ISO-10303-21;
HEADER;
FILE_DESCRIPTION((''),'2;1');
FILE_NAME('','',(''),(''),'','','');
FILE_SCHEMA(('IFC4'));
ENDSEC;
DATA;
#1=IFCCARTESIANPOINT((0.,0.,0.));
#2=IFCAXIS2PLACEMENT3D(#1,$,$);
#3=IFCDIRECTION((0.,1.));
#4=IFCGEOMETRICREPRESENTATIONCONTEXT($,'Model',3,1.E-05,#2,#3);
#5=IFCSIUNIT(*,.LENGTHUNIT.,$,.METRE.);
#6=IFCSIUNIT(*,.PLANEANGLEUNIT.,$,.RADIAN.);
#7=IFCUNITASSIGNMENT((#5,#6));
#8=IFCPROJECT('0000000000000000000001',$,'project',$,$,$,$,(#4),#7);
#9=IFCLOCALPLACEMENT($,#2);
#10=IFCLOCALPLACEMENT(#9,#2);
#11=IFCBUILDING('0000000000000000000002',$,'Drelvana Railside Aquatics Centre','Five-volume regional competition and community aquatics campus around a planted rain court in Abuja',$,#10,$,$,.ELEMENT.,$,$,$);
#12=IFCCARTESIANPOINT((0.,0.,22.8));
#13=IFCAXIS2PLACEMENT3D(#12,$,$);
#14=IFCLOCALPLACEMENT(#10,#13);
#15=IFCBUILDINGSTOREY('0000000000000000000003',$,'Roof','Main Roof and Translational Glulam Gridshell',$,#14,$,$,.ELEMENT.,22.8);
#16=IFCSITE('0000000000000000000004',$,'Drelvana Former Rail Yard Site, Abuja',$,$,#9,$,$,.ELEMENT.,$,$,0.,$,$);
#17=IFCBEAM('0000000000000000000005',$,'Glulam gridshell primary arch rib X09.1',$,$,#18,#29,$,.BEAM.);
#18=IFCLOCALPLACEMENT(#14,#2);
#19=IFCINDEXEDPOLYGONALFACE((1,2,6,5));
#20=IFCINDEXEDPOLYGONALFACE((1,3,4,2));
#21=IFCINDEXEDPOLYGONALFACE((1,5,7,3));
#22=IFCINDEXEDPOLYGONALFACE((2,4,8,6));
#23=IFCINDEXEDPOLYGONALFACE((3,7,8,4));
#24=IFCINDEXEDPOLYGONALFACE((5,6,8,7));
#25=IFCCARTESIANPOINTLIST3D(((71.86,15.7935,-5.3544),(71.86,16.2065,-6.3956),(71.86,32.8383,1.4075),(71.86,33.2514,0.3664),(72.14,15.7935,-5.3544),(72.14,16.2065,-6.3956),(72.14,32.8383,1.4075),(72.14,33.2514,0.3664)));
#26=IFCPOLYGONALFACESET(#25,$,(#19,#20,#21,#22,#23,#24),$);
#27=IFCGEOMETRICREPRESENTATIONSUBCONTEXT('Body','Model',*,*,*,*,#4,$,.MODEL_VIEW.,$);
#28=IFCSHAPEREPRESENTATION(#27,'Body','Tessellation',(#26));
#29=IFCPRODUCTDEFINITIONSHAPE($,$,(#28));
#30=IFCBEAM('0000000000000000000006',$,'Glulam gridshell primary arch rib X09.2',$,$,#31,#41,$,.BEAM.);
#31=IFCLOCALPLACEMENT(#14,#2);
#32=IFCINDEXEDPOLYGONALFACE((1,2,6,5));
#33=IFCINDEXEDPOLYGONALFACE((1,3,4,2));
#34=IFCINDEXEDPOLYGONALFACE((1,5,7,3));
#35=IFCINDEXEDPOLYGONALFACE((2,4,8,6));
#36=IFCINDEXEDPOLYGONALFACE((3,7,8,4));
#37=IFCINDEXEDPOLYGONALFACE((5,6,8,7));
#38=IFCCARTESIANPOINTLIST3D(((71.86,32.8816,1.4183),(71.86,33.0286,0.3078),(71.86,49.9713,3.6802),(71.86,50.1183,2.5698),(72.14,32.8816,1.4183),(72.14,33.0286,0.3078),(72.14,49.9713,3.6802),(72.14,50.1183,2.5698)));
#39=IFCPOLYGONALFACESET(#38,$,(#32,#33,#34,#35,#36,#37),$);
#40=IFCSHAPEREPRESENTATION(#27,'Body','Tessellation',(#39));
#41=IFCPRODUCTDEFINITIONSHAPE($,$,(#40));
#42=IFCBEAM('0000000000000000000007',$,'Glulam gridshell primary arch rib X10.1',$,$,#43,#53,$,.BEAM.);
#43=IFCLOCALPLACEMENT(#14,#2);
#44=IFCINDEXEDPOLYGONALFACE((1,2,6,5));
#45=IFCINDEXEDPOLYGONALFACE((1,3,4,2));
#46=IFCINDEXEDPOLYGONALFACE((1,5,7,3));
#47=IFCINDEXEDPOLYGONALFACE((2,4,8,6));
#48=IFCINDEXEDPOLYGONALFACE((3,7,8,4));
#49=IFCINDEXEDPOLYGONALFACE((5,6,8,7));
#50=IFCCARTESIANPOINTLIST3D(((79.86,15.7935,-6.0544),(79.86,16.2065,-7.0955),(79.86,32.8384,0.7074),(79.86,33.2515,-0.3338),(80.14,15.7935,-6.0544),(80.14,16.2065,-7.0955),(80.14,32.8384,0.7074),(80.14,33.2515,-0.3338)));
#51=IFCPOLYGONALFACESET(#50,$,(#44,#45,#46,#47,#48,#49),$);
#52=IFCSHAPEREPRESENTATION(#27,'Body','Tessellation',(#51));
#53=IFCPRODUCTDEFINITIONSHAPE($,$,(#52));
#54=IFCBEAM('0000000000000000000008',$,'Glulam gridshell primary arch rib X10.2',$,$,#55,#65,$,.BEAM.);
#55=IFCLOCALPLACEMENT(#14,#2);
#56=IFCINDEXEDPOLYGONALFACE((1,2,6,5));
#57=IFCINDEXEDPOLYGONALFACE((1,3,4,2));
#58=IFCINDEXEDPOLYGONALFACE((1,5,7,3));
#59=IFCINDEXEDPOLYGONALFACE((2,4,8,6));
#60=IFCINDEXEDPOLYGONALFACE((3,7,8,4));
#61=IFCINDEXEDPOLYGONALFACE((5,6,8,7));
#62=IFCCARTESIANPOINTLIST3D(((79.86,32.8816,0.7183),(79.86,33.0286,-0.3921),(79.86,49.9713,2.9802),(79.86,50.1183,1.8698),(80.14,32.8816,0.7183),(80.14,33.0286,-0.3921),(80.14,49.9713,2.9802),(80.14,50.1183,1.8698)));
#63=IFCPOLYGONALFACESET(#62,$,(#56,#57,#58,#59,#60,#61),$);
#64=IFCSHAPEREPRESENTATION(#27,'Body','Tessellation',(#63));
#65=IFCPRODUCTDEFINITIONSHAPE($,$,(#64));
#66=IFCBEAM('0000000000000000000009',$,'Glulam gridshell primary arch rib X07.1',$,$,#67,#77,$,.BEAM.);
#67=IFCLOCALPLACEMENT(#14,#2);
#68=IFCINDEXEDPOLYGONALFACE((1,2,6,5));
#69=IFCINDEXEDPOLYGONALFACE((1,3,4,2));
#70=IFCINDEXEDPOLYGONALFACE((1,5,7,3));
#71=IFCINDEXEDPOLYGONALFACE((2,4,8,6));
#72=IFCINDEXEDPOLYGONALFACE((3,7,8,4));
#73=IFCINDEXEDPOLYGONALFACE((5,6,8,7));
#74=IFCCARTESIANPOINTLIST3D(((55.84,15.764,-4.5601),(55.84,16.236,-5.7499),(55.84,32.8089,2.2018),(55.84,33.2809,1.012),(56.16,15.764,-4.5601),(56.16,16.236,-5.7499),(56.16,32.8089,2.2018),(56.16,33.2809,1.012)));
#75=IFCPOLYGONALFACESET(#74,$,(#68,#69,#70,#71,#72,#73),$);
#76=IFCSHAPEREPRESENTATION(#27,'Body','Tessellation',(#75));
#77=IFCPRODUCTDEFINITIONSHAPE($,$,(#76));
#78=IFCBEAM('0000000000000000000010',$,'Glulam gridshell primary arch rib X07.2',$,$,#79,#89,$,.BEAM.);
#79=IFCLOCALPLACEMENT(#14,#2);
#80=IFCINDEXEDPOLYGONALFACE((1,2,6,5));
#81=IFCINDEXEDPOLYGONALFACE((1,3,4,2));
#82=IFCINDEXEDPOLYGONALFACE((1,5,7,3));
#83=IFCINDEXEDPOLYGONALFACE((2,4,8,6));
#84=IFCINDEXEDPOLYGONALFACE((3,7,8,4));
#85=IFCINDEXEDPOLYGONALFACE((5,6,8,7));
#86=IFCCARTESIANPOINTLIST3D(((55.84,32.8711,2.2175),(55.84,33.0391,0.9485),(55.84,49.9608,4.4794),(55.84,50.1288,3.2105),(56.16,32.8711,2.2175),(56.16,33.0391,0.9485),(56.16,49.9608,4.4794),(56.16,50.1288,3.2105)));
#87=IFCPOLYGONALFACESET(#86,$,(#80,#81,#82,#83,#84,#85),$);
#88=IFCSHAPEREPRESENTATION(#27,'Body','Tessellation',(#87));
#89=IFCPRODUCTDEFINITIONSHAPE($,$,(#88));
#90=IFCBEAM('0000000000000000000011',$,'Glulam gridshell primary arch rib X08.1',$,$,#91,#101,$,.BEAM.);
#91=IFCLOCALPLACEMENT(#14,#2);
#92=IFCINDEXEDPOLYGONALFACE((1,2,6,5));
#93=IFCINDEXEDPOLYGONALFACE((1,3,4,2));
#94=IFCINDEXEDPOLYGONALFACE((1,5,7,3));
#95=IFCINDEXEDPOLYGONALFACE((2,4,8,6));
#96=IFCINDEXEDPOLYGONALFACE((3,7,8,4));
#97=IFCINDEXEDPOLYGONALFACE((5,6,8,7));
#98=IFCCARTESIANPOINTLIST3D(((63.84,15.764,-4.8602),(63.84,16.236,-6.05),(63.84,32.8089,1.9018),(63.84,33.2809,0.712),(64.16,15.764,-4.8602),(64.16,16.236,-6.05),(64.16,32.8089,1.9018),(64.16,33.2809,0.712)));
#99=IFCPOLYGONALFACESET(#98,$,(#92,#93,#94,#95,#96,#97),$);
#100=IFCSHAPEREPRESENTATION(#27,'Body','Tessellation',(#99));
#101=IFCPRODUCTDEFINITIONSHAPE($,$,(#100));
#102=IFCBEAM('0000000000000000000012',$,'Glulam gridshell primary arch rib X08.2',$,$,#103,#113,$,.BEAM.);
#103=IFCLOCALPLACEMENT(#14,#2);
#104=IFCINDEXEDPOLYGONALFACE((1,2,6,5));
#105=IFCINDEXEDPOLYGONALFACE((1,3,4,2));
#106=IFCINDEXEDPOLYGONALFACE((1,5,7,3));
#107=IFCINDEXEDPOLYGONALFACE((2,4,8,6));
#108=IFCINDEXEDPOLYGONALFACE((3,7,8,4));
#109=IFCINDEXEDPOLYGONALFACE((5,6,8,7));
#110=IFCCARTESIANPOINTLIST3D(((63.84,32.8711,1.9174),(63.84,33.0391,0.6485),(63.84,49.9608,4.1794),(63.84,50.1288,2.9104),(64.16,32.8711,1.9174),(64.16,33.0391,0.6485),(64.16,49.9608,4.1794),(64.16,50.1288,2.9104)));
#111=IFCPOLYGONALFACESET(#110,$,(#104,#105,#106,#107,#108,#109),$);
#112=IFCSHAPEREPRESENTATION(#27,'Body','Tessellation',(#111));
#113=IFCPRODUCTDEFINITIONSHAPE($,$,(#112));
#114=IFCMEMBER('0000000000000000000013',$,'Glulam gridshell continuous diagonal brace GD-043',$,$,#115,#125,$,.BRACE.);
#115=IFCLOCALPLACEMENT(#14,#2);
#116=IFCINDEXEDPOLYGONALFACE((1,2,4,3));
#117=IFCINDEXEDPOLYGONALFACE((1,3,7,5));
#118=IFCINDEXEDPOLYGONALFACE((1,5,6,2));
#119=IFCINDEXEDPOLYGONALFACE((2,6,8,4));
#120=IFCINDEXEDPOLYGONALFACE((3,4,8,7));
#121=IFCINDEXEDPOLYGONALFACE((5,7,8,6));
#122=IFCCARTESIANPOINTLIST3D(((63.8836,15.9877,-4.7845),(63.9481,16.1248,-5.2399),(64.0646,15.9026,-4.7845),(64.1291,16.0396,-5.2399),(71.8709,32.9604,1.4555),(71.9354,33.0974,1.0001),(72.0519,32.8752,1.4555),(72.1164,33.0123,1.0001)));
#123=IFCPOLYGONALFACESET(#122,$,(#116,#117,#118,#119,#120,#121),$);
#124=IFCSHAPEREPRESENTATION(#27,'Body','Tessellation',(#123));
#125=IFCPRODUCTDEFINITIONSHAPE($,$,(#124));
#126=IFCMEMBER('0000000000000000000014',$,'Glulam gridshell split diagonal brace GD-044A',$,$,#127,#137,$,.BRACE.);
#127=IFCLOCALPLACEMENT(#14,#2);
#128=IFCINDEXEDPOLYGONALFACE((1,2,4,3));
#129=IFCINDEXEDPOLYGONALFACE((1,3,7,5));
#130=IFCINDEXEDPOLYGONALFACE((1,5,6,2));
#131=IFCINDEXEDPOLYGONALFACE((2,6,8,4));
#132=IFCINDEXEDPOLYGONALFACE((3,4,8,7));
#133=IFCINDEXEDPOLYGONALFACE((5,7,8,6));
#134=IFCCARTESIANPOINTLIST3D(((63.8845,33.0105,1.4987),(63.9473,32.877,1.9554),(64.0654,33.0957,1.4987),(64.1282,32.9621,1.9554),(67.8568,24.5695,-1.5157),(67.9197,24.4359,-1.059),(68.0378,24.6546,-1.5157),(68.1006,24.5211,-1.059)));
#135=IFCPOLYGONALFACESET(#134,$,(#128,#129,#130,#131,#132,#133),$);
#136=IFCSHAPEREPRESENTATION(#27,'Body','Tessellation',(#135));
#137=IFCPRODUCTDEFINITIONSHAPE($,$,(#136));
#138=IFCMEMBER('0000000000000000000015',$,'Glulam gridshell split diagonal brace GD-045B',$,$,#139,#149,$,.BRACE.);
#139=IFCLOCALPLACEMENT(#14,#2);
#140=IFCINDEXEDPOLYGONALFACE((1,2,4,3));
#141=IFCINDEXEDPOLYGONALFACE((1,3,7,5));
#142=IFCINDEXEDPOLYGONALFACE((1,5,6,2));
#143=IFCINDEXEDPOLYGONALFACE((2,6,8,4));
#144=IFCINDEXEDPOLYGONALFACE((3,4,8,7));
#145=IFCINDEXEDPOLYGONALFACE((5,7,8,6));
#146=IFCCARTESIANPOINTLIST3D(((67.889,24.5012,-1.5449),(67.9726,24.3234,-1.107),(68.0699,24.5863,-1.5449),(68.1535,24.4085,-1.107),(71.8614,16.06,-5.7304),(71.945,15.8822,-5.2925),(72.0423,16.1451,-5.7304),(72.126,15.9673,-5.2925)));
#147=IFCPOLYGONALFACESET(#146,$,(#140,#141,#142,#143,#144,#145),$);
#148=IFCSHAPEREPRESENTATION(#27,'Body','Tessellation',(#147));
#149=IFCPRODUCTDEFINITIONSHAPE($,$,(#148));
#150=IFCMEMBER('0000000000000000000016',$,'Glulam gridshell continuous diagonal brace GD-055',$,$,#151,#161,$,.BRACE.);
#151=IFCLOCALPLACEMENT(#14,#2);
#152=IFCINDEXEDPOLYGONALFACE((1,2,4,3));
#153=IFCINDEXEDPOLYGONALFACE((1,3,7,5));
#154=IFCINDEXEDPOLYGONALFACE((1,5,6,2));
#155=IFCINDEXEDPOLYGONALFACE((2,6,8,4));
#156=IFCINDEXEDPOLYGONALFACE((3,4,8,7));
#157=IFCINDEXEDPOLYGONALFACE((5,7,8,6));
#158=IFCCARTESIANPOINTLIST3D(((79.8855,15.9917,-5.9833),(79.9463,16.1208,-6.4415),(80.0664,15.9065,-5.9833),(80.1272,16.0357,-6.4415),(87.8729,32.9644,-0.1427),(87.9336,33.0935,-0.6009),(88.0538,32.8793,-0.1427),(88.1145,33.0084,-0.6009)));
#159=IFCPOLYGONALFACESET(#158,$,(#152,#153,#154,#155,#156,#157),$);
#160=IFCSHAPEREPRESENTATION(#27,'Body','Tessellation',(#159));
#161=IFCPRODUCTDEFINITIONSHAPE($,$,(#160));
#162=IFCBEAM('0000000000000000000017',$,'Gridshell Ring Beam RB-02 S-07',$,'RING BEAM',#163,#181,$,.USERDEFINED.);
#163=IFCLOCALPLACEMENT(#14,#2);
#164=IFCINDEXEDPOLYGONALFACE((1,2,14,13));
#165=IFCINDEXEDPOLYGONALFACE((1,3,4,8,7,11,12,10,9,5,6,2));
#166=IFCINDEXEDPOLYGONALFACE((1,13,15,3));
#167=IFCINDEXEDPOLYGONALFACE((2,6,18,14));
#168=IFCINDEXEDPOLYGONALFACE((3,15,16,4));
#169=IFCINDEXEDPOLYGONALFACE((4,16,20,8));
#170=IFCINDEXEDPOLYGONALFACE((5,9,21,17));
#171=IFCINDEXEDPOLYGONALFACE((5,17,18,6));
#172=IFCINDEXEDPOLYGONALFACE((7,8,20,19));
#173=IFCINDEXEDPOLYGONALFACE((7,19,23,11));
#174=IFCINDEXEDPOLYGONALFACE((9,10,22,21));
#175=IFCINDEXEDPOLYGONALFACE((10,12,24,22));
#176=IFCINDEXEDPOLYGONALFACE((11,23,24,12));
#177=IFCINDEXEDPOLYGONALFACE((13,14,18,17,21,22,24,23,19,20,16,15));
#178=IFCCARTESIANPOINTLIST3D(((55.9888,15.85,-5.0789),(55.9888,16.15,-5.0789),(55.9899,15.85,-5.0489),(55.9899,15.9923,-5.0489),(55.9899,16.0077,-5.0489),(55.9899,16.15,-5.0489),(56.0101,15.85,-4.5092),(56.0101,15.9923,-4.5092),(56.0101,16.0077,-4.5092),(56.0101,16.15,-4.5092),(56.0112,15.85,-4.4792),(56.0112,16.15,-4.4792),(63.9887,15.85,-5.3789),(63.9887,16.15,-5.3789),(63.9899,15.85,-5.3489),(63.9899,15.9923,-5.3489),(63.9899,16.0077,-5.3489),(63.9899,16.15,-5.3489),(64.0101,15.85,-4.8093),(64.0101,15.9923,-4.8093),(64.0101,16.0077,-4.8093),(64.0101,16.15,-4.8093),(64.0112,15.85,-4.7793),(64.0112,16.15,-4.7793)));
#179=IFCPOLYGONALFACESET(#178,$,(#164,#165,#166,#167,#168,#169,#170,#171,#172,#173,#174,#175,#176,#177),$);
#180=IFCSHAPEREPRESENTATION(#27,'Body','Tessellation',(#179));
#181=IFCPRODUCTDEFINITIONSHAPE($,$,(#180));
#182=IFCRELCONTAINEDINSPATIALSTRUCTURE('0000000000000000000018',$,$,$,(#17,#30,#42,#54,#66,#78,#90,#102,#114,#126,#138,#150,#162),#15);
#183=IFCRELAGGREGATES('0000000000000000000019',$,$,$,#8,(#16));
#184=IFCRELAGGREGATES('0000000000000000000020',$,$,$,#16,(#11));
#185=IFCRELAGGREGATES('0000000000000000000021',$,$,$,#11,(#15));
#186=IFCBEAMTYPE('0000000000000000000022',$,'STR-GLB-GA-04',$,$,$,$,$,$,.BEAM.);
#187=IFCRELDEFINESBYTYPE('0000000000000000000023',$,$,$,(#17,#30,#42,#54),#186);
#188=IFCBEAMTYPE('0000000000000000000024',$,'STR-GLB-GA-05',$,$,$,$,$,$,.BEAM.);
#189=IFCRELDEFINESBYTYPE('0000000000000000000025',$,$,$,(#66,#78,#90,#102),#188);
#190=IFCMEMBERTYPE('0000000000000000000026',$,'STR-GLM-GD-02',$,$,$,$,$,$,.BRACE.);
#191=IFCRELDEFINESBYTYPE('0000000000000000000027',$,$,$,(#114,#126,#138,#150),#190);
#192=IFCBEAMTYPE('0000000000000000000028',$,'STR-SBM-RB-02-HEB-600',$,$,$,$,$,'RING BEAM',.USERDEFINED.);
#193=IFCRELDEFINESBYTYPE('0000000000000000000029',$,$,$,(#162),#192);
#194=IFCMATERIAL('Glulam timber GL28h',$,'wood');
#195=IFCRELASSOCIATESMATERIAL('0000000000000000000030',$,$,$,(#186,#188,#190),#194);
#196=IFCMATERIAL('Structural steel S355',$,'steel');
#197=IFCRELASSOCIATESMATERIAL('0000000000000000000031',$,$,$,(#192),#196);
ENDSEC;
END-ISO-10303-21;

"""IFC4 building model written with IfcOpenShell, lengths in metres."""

from ifc_helpers import new_model, si_unit, direction, frame, origin, origin_2d, place, context, subcontext, project, spatial, rectangle, i_section, extrude, material, material_profile, profile_set, type_object, element, save


model = new_model("IFC4")

# Units and contexts
model_context = context("Model", 3, precision=1e-05, world=origin(), true_north=direction((0.0, 1.0)))
body_context = subcontext(model_context, "Body", "Model", "MODEL_VIEW")
ifc_project = project(units=[si_unit("LENGTHUNIT", "METRE"), si_unit("PLANEANGLEUNIT", "RADIAN")], contexts=[model_context])

# Site, building, storey
site_placement = place(None, origin())
site = spatial("IfcSite", under=ifc_project, at=site_placement, Name="Drelvana Former Rail Yard Site, Abuja", CompositionType="ELEMENT", RefElevation=0.0)
building_placement = place(site_placement, origin())
building = spatial("IfcBuilding", under=site, at=building_placement, Name="Drelvana Railside Aquatics Centre", Description="Five-volume regional competition and community aquatics campus around a planted rain court in Abuja", CompositionType="ELEMENT")
storey_placement = place(building_placement, frame((0.0, 0.0, 22.8)))
storey = spatial("IfcBuildingStorey", under=building, at=storey_placement, Name="Roof", Description="Main Roof and Translational Glulam Gridshell", CompositionType="ELEMENT", Elevation=22.8)

# Beams
ifc_material_1 = material(Name="Glulam timber GL28h", Category="wood")
ifc_material_profile_1 = material_profile(ifc_material_1, rectangle(XDim=0.28, YDim=1.1201, at=origin_2d()), Name="GL28h 280x1120")
ifc_profile_set_1 = profile_set([ifc_material_profile_1], Name="Glulam timber GL28h")
beam_type_1 = type_object("IfcBeamType", Name="STR-GLB-GA-04", PredefinedType="BEAM", material=ifc_profile_set_1)
beam_1_placement = place(storey_placement, frame((72.0, 16.0, -5.875), z_axis=(0.0, 0.929526, 0.368756), x_axis=(-1.0, 0.0, 0.0)))
element("IfcBeam", 1, at=beam_1_placement, inside=storey, type_object=beam_type_1, Name="Glulam gridshell primary arch rib X09.1", PredefinedType="BEAM", context=body_context, shape_type="SweptSolid", body=[
    extrude(rectangle(XDim=0.28, YDim=1.1201, at=origin_2d()), origin(), (0.0, 0.0, 1.0), 18.3372),
])
beam_2_placement = place(storey_placement, frame((72.0, 32.9551, 0.863), z_axis=(0.0, 0.991354, 0.131213), x_axis=(-1.0, 0.0, 0.0)))
element("IfcBeam", 2, at=beam_2_placement, inside=storey, type_object=beam_type_1, Name="Glulam gridshell primary arch rib X09.2", PredefinedType="BEAM", context=body_context, shape_type="SweptSolid", body=[
    extrude(rectangle(XDim=0.28, YDim=1.1201, at=origin_2d()), origin(), (0.0, 0.0, 1.0), 17.2388),
])
beam_3_placement = place(storey_placement, frame((80.0, 16.0, -6.575), z_axis=(0.0, 0.929531, 0.368745), x_axis=(-1.0, 0.0, 0.0)))
element("IfcBeam", 3, at=beam_3_placement, inside=storey, type_object=beam_type_1, Name="Glulam gridshell primary arch rib X10.1", PredefinedType="BEAM", context=body_context, shape_type="SweptSolid", body=[
    extrude(rectangle(XDim=0.28, YDim=1.1201, at=origin_2d()), origin(), (0.0, 0.0, 1.0), 18.3372),
])
beam_4_placement = place(storey_placement, frame((80.0, 32.9551, 0.1631), z_axis=(0.0, 0.991354, 0.131213), x_axis=(-1.0, 0.0, 0.0)))
element("IfcBeam", 4, at=beam_4_placement, inside=storey, type_object=beam_type_1, Name="Glulam gridshell primary arch rib X10.2", PredefinedType="BEAM", context=body_context, shape_type="SweptSolid", body=[
    extrude(rectangle(XDim=0.28, YDim=1.1201, at=origin_2d()), origin(), (0.0, 0.0, 1.0), 17.2388),
])
ifc_material_profile_2 = material_profile(ifc_material_1, rectangle(XDim=0.3201, YDim=1.28, at=origin_2d()), Name="GL28h 320x1280")
ifc_profile_set_2 = profile_set([ifc_material_profile_2], Name="Glulam timber GL28h")
beam_type_2 = type_object("IfcBeamType", Name="STR-GLB-GA-05", PredefinedType="BEAM", material=ifc_profile_set_2)
beam_5_placement = place(storey_placement, frame((56.0, 16.0, -5.155), z_axis=(0.0, 0.929526, 0.368756), x_axis=(-1.0, 0.0, 0.0)))
element("IfcBeam", 5, at=beam_5_placement, inside=storey, type_object=beam_type_2, Name="Glulam gridshell primary arch rib X07.1", PredefinedType="BEAM", context=body_context, shape_type="SweptSolid", body=[
    extrude(rectangle(XDim=0.3201, YDim=1.28, at=origin_2d()), origin(), (0.0, 0.0, 1.0), 18.3372),
])
beam_6_placement = place(storey_placement, frame((56.0, 32.9551, 1.583), z_axis=(0.0, 0.991354, 0.131213), x_axis=(-1.0, 0.0, 0.0)))
element("IfcBeam", 6, at=beam_6_placement, inside=storey, type_object=beam_type_2, Name="Glulam gridshell primary arch rib X07.2", PredefinedType="BEAM", context=body_context, shape_type="SweptSolid", body=[
    extrude(rectangle(XDim=0.3201, YDim=1.28, at=origin_2d()), origin(), (0.0, 0.0, 1.0), 17.2388),
])
beam_7_placement = place(storey_placement, frame((64.0, 16.0, -5.4551), z_axis=(0.0, 0.929526, 0.368756), x_axis=(-1.0, 0.0, 0.0)))
element("IfcBeam", 7, at=beam_7_placement, inside=storey, type_object=beam_type_2, Name="Glulam gridshell primary arch rib X08.1", PredefinedType="BEAM", context=body_context, shape_type="SweptSolid", body=[
    extrude(rectangle(XDim=0.3201, YDim=1.28, at=origin_2d()), origin(), (0.0, 0.0, 1.0), 18.3372),
])
beam_8_placement = place(storey_placement, frame((64.0, 32.9551, 1.283), z_axis=(0.0, 0.991354, 0.131213), x_axis=(-1.0, 0.0, 0.0)))
element("IfcBeam", 8, at=beam_8_placement, inside=storey, type_object=beam_type_2, Name="Glulam gridshell primary arch rib X08.2", PredefinedType="BEAM", context=body_context, shape_type="SweptSolid", body=[
    extrude(rectangle(XDim=0.3201, YDim=1.28, at=origin_2d()), origin(), (0.0, 0.0, 1.0), 17.2388),
])

# Members
ifc_material_profile_3 = material_profile(ifc_material_1, rectangle(XDim=0.2, YDim=0.48, at=origin_2d()), Name="GL28h 200x480")
ifc_profile_set_3 = profile_set([ifc_material_profile_3], Name="Glulam timber GL28h")
member_type = type_object("IfcMemberType", Name="STR-GLM-GD-02", PredefinedType="BRACE", material=ifc_profile_set_3)
member_1_placement = place(storey_placement, frame((64.0063, 16.0137, -5.0122), z_axis=(0.404036, 0.858558, 0.315648), x_axis=(-0.904815, 0.425805, 0.0)))
element("IfcMember", 9, at=member_1_placement, inside=storey, type_object=member_type, Name="Glulam gridshell continuous diagonal brace GD-043", PredefinedType="BRACE", context=body_context, shape_type="SweptSolid", body=[
    extrude(rectangle(XDim=0.2, YDim=0.48, at=origin_2d()), origin(), (0.0, 0.0, 1.0), 19.7688),
])
member_2_placement = place(storey_placement, frame((64.0063, 32.9863, 1.7271), z_axis=(0.40518, -0.860985, -0.307464), x_axis=(0.904815, 0.425806, 0.0)))
element("IfcMember", 10, at=member_2_placement, inside=storey, type_object=member_type, Name="Glulam gridshell split diagonal brace GD-044A", PredefinedType="BRACE", context=body_context, shape_type="SweptSolid", body=[
    extrude(rectangle(XDim=0.2, YDim=0.48, at=origin_2d()), origin(), (0.0, 0.0, 1.0), 9.804),
])
member_3_placement = place(storey_placement, frame((68.0212, 24.4548, -1.3259), z_axis=(0.388497, -0.825536, -0.409342), x_axis=(0.904815, 0.425806, 0.0)))
element("IfcMember", 11, at=member_3_placement, inside=storey, type_object=member_type, Name="Glulam gridshell split diagonal brace GD-045B", PredefinedType="BRACE", context=body_context, shape_type="SweptSolid", body=[
    extrude(rectangle(XDim=0.2, YDim=0.48, at=origin_2d()), origin(), (0.0, 0.0, 1.0), 10.2251),
])
member_4_placement = place(storey_placement, frame((80.0063, 16.0137, -6.2124), z_axis=(0.406553, 0.863907, 0.297285), x_axis=(-0.904815, 0.425805, 0.0)))
element("IfcMember", 12, at=member_4_placement, inside=storey, type_object=member_type, Name="Glulam gridshell continuous diagonal brace GD-055", PredefinedType="BRACE", context=body_context, shape_type="SweptSolid", body=[
    extrude(rectangle(XDim=0.2, YDim=0.48, at=origin_2d()), origin(), (0.0, 0.0, 1.0), 19.6465),
])

# Beam
ifc_material_2 = material(Name="Structural steel S355", Category="steel")
ifc_material_profile_4 = material_profile(ifc_material_2, i_section(OverallWidth=0.3, OverallDepth=0.6001, WebThickness=0.0154, FlangeThickness=0.03, at=origin_2d()), Name="HEB 600")
ifc_profile_set_4 = profile_set([ifc_material_profile_4], Name="Structural steel S355")
beam_type_3 = type_object("IfcBeamType", Name="STR-SBM-RB-02-HEB-600", ElementType="RING BEAM", PredefinedType="USERDEFINED", material=ifc_profile_set_4)
beam_9_placement = place(storey_placement, frame((56.0, 16.0, -4.7791), z_axis=(0.999297, 0.0, -0.03748), x_axis=(0.0, 1.0, 0.0)))
element("IfcBeam", 13, at=beam_9_placement, inside=storey, type_object=beam_type_3, Name="Gridshell Ring Beam RB-02 S-07", ObjectType="RING BEAM", PredefinedType="USERDEFINED", context=body_context, shape_type="SweptSolid", body=[
    extrude(i_section(OverallWidth=0.3, OverallDepth=0.6001, WebThickness=0.0154, FlangeThickness=0.03, at=origin_2d()), origin(), (0.0, 0.0, 1.0), 8.0056),
])

save(model, "model.ifc")
